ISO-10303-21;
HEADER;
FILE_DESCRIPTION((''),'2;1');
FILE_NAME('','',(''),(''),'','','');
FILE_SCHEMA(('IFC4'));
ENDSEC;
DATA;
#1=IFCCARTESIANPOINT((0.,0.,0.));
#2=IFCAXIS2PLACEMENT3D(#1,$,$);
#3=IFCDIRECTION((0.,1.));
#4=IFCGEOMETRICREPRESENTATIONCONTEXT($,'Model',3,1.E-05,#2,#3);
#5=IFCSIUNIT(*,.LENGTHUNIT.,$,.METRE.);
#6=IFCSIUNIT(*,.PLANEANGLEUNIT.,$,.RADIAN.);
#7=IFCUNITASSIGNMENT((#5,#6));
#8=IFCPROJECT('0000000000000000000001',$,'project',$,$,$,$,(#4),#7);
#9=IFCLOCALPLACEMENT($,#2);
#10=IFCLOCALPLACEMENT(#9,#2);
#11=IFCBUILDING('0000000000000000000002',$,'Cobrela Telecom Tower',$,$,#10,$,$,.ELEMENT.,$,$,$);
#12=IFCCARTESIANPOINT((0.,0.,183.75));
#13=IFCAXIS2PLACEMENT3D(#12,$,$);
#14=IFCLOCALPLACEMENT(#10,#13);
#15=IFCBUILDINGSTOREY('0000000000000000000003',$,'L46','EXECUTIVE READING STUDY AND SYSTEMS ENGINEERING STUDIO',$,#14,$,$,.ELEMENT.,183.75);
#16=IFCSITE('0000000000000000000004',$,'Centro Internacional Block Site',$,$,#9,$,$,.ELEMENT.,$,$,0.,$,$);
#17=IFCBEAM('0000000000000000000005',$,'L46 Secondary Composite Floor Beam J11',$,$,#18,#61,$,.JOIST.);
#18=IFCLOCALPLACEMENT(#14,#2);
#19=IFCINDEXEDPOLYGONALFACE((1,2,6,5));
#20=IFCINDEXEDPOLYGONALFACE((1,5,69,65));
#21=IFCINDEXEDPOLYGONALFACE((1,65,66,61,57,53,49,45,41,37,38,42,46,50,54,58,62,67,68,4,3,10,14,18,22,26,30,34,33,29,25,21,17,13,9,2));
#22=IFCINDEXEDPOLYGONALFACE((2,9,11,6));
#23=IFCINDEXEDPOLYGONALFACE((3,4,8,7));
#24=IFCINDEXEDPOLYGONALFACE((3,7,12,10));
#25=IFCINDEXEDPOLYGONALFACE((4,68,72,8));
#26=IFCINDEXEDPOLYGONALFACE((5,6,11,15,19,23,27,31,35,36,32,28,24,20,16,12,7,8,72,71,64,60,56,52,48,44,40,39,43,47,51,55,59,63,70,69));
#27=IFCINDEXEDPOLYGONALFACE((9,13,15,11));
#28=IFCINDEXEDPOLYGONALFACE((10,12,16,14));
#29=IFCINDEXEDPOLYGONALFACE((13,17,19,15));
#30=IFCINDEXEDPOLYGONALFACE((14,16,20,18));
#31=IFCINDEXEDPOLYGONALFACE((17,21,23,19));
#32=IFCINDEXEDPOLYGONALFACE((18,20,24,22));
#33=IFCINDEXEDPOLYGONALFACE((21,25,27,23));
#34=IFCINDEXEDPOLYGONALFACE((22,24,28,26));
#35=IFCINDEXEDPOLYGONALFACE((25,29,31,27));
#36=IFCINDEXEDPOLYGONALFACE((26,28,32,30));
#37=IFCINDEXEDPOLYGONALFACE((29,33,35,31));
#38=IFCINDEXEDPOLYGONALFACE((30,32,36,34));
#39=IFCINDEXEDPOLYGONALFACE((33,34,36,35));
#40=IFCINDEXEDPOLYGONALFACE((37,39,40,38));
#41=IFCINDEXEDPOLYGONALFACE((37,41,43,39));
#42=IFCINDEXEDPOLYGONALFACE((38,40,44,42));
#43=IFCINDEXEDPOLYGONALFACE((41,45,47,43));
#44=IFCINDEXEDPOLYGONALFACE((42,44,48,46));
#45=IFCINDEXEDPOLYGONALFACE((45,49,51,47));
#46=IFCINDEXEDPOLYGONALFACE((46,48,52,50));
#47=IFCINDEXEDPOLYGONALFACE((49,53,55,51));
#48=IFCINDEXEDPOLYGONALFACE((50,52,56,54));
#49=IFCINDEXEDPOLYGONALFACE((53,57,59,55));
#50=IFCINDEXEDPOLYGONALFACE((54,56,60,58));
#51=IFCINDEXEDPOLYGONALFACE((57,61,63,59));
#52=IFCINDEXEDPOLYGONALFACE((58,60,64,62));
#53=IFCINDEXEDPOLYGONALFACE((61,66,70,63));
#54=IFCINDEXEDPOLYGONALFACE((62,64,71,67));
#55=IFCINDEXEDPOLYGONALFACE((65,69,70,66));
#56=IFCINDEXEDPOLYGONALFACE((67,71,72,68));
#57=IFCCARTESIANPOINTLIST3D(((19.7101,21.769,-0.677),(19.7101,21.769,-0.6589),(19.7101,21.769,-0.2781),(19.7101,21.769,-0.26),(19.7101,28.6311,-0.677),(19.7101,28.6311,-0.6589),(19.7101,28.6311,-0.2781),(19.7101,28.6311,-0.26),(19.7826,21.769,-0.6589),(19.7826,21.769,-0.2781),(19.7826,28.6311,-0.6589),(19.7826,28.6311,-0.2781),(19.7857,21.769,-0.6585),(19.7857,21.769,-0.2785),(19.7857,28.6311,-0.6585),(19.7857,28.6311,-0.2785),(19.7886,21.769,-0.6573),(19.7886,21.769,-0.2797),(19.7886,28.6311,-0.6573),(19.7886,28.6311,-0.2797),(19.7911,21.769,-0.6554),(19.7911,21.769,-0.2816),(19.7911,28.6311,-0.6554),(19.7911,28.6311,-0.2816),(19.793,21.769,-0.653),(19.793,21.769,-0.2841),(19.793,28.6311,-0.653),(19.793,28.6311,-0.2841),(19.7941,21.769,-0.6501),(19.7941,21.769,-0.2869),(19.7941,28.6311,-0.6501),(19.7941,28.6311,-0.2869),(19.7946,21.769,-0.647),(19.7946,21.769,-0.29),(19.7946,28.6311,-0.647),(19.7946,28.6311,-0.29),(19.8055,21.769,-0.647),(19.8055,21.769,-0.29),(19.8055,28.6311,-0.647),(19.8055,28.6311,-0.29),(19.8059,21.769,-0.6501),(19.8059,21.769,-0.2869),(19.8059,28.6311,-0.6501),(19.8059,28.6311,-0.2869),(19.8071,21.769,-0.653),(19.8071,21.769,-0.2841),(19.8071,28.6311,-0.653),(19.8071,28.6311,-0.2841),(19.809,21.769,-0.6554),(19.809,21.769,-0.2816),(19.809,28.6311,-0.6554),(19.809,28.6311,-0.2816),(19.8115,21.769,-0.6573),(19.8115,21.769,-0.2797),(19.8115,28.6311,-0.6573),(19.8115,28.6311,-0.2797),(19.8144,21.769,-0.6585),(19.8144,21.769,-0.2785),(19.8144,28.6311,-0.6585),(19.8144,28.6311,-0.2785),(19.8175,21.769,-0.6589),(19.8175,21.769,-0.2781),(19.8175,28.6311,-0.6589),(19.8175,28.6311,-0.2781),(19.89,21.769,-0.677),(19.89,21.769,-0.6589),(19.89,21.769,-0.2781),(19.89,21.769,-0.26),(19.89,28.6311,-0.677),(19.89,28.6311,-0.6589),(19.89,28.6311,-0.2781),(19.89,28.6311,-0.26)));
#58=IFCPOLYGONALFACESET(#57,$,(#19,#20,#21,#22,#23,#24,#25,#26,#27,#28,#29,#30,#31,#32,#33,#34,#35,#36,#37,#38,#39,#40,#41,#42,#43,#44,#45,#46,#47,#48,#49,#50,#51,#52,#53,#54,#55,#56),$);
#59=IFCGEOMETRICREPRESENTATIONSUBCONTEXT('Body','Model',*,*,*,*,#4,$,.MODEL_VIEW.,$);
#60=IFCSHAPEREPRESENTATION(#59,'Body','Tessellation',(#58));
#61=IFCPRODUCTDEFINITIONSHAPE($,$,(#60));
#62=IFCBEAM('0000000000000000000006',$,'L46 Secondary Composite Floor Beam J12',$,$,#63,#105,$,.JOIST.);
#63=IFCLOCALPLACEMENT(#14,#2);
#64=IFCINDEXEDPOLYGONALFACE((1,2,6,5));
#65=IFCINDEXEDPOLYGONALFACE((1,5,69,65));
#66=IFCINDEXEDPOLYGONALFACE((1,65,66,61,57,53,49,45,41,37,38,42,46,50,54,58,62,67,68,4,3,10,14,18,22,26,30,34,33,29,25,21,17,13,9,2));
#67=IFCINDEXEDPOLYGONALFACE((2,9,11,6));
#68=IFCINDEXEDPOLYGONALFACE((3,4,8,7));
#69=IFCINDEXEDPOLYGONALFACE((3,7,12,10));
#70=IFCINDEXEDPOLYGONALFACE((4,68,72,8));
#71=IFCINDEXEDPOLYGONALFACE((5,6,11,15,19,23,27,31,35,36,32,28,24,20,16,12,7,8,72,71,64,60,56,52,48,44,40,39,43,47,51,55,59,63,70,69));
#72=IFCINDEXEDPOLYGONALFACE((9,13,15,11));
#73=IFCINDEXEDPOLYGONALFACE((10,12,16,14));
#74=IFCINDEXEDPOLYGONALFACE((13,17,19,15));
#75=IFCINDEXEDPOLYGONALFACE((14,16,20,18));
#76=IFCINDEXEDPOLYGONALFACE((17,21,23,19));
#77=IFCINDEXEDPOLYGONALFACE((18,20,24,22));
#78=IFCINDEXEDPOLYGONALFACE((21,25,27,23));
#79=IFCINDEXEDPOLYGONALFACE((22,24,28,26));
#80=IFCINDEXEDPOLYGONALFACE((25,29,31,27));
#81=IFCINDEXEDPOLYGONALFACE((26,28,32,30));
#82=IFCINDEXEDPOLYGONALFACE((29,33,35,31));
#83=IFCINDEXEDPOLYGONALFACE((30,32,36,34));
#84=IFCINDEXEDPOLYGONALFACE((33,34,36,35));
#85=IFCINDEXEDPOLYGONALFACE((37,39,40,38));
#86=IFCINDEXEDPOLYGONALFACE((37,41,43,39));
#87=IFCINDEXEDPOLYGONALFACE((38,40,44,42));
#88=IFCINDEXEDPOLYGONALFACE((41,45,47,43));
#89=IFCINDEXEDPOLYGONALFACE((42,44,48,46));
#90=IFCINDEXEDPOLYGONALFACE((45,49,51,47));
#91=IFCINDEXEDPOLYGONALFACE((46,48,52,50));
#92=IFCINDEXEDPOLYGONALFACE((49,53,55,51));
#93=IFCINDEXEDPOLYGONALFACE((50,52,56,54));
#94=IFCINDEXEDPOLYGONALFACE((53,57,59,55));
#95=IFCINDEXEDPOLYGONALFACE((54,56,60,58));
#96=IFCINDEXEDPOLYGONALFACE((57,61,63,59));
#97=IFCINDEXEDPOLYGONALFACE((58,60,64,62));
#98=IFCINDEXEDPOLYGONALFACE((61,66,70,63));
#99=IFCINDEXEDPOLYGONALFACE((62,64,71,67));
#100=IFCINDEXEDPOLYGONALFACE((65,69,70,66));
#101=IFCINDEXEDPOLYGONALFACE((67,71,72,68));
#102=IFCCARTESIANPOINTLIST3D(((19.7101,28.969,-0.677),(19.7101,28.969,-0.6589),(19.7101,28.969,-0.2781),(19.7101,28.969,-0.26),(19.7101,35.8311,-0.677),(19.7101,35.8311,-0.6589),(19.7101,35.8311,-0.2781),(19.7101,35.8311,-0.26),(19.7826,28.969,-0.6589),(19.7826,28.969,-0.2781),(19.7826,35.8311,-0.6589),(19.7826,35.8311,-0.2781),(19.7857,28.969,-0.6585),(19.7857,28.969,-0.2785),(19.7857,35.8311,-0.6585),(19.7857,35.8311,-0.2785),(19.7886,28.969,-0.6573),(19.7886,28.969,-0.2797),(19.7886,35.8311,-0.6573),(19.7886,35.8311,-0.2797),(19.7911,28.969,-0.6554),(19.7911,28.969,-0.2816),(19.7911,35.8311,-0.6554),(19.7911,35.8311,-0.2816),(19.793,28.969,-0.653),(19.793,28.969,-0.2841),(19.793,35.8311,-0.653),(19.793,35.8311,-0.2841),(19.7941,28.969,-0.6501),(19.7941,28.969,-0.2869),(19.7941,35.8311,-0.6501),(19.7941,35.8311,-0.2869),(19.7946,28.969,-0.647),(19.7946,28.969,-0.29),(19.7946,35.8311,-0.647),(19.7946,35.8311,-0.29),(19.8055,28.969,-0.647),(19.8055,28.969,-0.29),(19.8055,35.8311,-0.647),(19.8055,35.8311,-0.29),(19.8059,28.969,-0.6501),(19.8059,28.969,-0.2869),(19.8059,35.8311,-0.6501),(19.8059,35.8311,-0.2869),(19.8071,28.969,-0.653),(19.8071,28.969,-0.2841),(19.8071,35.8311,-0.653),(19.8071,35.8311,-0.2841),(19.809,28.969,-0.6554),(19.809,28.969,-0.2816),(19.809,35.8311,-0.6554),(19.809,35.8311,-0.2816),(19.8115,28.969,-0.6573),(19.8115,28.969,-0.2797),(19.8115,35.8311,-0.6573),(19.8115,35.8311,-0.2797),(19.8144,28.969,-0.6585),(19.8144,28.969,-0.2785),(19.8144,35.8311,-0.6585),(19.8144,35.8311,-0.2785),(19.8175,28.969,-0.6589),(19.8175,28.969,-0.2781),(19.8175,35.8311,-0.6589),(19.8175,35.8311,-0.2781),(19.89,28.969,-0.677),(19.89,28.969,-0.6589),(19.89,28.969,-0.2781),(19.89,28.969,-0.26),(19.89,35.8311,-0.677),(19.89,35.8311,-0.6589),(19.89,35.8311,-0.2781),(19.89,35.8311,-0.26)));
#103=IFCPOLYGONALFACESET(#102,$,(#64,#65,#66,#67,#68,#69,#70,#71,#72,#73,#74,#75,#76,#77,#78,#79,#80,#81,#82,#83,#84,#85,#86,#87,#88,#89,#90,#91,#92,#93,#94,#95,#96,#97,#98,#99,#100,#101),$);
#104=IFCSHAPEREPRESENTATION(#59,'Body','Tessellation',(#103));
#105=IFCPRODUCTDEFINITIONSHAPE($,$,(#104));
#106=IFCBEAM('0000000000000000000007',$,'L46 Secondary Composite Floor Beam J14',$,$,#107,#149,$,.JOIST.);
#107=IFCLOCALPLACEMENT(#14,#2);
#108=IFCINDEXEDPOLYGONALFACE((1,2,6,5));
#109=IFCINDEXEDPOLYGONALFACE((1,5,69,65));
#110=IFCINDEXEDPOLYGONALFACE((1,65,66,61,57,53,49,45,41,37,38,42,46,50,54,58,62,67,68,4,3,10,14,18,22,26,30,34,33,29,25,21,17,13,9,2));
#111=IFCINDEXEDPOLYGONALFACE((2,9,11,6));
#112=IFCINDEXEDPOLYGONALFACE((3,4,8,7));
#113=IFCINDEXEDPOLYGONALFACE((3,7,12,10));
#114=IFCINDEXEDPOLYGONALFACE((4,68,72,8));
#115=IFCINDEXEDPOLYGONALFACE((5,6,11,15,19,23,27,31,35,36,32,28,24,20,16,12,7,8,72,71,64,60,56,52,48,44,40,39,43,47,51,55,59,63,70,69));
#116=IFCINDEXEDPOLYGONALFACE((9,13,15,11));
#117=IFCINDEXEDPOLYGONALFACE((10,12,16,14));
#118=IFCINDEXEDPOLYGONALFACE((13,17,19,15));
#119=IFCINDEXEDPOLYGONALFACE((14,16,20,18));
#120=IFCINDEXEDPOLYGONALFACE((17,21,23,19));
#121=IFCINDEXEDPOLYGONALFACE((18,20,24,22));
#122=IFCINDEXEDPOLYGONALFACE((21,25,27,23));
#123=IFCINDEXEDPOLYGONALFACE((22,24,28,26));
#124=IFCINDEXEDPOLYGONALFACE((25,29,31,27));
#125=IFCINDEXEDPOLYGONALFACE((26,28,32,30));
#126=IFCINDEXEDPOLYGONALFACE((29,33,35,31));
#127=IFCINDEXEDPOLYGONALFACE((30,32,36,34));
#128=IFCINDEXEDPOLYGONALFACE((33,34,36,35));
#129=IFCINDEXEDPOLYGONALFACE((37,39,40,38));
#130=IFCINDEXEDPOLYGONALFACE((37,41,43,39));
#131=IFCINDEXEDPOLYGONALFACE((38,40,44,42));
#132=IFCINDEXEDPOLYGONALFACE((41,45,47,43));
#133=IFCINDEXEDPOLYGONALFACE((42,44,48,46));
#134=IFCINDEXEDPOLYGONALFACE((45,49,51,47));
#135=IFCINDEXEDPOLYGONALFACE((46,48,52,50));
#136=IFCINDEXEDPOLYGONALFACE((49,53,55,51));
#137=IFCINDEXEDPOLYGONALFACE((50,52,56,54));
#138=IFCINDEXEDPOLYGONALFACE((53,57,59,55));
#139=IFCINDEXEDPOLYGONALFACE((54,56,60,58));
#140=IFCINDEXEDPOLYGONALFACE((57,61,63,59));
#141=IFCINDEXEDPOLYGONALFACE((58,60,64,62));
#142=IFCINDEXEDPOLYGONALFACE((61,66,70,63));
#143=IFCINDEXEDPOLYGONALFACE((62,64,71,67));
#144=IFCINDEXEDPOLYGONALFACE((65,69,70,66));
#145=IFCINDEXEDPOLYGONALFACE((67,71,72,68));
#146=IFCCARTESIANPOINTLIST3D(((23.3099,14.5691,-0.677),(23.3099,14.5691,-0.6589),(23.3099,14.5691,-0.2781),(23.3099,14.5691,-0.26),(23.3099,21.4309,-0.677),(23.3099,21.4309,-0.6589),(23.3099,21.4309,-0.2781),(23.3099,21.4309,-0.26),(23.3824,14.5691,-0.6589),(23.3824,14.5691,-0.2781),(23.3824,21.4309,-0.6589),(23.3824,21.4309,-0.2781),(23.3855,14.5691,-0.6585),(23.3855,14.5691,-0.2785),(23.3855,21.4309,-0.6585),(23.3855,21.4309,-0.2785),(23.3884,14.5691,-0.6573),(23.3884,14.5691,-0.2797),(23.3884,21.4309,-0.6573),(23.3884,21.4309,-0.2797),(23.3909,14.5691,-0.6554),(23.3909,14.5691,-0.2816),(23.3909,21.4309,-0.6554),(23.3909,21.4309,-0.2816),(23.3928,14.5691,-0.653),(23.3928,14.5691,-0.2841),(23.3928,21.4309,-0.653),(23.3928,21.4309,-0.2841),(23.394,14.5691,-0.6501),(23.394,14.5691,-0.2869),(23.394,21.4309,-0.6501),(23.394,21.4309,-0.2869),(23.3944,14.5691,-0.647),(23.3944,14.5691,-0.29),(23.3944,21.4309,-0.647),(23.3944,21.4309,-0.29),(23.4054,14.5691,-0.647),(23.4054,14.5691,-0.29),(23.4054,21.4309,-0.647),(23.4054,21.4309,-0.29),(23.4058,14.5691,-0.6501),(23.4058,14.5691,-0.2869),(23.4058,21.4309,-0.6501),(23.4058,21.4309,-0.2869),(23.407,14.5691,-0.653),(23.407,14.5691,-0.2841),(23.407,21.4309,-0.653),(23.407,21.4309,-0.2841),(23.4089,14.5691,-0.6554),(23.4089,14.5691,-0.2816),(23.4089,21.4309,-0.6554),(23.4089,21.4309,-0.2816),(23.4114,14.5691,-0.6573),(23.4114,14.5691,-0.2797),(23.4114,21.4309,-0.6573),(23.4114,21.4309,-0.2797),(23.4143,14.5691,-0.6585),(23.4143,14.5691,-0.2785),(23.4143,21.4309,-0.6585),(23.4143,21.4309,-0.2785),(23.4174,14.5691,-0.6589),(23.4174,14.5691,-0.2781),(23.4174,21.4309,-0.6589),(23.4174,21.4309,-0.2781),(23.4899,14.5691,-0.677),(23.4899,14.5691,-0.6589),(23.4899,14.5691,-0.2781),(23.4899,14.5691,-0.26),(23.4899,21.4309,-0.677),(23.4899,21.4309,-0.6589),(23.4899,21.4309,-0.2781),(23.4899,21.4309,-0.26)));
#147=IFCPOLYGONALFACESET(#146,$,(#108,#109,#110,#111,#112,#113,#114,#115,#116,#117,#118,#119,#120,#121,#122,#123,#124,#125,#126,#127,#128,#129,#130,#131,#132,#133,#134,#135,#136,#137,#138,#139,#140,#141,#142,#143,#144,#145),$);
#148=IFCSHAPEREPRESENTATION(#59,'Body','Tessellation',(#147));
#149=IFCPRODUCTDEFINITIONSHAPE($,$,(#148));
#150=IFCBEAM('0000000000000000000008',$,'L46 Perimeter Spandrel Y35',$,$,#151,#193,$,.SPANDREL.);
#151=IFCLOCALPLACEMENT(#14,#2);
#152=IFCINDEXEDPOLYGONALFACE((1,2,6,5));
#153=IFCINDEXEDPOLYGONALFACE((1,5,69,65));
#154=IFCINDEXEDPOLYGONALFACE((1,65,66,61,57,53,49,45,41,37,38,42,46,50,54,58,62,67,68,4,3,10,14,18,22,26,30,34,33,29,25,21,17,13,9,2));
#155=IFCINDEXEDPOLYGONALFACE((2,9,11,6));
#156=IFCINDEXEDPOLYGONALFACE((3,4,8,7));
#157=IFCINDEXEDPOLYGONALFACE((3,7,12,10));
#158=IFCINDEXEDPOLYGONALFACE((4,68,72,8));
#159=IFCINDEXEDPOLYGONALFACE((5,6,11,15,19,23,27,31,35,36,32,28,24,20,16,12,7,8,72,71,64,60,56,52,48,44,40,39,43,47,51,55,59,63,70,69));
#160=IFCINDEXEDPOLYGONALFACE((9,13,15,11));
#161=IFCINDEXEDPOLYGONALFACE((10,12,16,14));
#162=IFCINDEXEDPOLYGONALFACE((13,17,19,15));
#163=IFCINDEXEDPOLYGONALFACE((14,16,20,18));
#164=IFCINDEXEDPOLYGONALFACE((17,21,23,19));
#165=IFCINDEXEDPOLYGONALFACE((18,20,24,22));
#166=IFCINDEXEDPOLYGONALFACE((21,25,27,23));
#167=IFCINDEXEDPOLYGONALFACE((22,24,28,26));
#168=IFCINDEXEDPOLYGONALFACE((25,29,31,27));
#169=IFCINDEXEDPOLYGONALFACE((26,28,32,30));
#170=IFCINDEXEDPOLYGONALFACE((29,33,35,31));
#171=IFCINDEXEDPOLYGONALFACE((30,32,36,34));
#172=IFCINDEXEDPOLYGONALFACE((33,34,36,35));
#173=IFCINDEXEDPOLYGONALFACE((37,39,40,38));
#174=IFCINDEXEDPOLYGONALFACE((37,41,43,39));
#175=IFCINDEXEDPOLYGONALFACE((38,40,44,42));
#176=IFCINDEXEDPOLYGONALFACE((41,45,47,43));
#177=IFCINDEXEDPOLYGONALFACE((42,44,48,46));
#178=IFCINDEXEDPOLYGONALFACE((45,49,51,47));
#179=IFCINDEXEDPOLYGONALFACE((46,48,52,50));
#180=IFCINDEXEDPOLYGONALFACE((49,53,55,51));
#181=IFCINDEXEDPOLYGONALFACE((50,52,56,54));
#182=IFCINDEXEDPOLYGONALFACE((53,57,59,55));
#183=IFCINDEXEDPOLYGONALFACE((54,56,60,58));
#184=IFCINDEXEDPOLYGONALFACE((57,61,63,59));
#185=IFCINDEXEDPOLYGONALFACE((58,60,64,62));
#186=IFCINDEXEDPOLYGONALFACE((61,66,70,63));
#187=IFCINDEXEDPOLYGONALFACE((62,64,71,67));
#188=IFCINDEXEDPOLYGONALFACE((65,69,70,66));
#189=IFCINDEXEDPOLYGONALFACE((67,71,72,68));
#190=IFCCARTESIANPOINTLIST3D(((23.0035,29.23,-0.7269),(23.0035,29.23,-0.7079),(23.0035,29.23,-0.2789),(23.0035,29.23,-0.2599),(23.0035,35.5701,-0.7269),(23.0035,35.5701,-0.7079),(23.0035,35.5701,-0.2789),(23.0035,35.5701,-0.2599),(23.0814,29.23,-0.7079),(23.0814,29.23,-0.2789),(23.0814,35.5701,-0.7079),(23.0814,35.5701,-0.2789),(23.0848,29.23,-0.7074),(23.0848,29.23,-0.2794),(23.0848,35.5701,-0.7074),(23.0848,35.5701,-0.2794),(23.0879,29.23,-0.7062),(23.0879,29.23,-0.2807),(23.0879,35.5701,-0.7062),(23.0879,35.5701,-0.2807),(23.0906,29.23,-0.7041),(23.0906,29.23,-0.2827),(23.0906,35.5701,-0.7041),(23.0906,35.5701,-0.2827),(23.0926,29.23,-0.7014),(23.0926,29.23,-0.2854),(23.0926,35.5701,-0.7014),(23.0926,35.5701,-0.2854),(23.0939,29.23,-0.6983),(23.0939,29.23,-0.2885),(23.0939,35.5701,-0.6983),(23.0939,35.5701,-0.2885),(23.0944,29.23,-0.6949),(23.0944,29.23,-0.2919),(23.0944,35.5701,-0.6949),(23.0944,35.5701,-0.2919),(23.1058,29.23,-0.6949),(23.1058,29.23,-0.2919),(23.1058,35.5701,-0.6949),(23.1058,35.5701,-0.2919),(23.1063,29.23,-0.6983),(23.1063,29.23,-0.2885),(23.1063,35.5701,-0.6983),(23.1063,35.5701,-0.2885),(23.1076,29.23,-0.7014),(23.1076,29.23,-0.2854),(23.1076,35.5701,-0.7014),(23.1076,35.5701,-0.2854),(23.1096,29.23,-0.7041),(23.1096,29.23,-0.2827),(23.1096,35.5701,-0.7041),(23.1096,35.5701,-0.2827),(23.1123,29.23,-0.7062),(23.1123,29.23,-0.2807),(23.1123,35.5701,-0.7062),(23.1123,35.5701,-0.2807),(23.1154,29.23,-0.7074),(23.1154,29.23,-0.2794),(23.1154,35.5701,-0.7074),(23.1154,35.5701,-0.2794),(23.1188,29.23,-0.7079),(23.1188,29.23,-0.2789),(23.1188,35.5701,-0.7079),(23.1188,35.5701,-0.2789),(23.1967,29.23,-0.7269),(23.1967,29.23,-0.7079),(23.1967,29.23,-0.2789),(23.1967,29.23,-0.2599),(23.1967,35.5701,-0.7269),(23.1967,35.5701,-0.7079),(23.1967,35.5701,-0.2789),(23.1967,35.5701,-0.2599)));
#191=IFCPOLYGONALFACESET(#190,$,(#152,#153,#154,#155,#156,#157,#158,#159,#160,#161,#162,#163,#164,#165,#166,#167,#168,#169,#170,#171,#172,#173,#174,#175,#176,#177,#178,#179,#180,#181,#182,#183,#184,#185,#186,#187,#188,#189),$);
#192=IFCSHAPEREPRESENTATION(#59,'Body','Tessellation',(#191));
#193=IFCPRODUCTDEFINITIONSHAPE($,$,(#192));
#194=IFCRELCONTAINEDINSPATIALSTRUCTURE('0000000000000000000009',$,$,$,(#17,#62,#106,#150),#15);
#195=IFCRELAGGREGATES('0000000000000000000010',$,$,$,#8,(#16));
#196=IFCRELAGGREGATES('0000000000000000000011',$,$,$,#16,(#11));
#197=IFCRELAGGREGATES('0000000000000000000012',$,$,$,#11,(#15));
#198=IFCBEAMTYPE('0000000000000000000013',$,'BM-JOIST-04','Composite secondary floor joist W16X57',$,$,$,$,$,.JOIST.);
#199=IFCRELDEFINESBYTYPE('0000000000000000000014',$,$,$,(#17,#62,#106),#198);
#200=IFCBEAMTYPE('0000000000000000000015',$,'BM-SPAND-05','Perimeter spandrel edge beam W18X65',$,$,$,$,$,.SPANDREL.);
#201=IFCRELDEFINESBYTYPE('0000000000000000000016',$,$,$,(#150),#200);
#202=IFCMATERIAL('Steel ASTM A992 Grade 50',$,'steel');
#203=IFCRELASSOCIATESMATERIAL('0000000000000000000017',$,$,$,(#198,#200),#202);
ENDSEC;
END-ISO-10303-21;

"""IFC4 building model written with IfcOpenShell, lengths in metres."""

from ifc_helpers import new_model, si_unit, direction, frame, origin, origin_2d, place, context, subcontext, project, spatial, i_section, extrude, material, material_profile, profile_set, type_object, element, save


model = new_model("IFC4")

# Units and contexts
model_context = context("Model", 3, precision=1e-05, world=origin(), true_north=direction((0.0, 1.0)))
body_context = subcontext(model_context, "Body", "Model", "MODEL_VIEW")
ifc_project = project(units=[si_unit("LENGTHUNIT", "METRE"), si_unit("PLANEANGLEUNIT", "RADIAN")], contexts=[model_context])

# Site, building, storey
site_placement = place(None, origin())
site = spatial("IfcSite", under=ifc_project, at=site_placement, Name="Centro Internacional Block Site", CompositionType="ELEMENT", RefElevation=0.0)
building_placement = place(site_placement, origin())
building = spatial("IfcBuilding", under=site, at=building_placement, Name="Cobrela Telecom Tower", CompositionType="ELEMENT")
storey_placement = place(building_placement, frame((0.0, 0.0, 183.75)))
storey = spatial("IfcBuildingStorey", under=building, at=storey_placement, Name="L46", Description="EXECUTIVE READING STUDY AND SYSTEMS ENGINEERING STUDIO", CompositionType="ELEMENT", Elevation=183.75)

# Shared definitions
ifc_material_1 = material(Name="Steel ASTM A992 Grade 50", Category="steel")

# Beams
ifc_material_profile_1 = material_profile(ifc_material_1, i_section(OverallWidth=0.1799, OverallDepth=0.417, WebThickness=0.011, FlangeThickness=0.0181, FilletRadius=0.012, at=origin_2d()), Name="W16X57")
ifc_profile_set_1 = profile_set([ifc_material_profile_1], Name="Steel ASTM A992 Grade 50")
beam_type_1 = type_object("IfcBeamType", Name="BM-JOIST-04", Description="Composite secondary floor joist W16X57", PredefinedType="JOIST", material=ifc_profile_set_1)
for number, where, z_axis, x_axis, name in (
    (1, (19.8, 21.769, -0.4685), (0.0, 1.0, 0.0), (-1.0, 0.0, 0.0), "L46 Secondary Composite Floor Beam J11"),
    (2, (19.8, 28.969, -0.4685), (0.0, 1.0, 0.0), (-1.0, 0.0, 0.0), "L46 Secondary Composite Floor Beam J12"),
):
    element("IfcBeam", number, at=place(storey_placement, frame(where, z_axis=z_axis, x_axis=x_axis)), inside=storey, type_object=beam_type_1, Name=name, PredefinedType="JOIST", context=body_context, shape_type="SweptSolid", body=[
        extrude(i_section(OverallWidth=0.1799, OverallDepth=0.417, WebThickness=0.011, FlangeThickness=0.0181, FilletRadius=0.012, at=origin_2d()), origin(), (0.0, 0.0, 1.0), 6.8621),
    ])
beam_1_placement = place(storey_placement, frame((23.3999, 14.5691, -0.4685), z_axis=(0.0, 1.0, 0.0), x_axis=(-1.0, 0.0, 0.0)))
element("IfcBeam", 3, at=beam_1_placement, inside=storey, type_object=beam_type_1, Name="L46 Secondary Composite Floor Beam J14", PredefinedType="JOIST", context=body_context, shape_type="SweptSolid", body=[
    extrude(i_section(OverallWidth=0.1799, OverallDepth=0.417, WebThickness=0.011, FlangeThickness=0.0181, FilletRadius=0.012, at=origin_2d()), origin(), (0.0, 0.0, 1.0), 6.8618),
])
ifc_material_profile_2 = material_profile(ifc_material_1, i_section(OverallWidth=0.1931, OverallDepth=0.467, WebThickness=0.0115, FlangeThickness=0.019, FilletRadius=0.0129, at=origin_2d()), Name="W18X65")
ifc_profile_set_2 = profile_set([ifc_material_profile_2], Name="Steel ASTM A992 Grade 50")
beam_type_2 = type_object("IfcBeamType", Name="BM-SPAND-05", Description="Perimeter spandrel edge beam W18X65", PredefinedType="SPANDREL", material=ifc_profile_set_2)
beam_2_placement = place(storey_placement, frame((23.1001, 29.23, -0.4934), z_axis=(0.0, 1.0, 0.0), x_axis=(-1.0, 0.0, 0.0)))
element("IfcBeam", 4, at=beam_2_placement, inside=storey, type_object=beam_type_2, Name="L46 Perimeter Spandrel Y35", PredefinedType="SPANDREL", context=body_context, shape_type="SweptSolid", body=[
    extrude(i_section(OverallWidth=0.1931, OverallDepth=0.467, WebThickness=0.0115, FlangeThickness=0.019, FilletRadius=0.0129, at=origin_2d()), origin(), (0.0, 0.0, 1.0), 6.3401),
])

save(model, "model.ifc")
